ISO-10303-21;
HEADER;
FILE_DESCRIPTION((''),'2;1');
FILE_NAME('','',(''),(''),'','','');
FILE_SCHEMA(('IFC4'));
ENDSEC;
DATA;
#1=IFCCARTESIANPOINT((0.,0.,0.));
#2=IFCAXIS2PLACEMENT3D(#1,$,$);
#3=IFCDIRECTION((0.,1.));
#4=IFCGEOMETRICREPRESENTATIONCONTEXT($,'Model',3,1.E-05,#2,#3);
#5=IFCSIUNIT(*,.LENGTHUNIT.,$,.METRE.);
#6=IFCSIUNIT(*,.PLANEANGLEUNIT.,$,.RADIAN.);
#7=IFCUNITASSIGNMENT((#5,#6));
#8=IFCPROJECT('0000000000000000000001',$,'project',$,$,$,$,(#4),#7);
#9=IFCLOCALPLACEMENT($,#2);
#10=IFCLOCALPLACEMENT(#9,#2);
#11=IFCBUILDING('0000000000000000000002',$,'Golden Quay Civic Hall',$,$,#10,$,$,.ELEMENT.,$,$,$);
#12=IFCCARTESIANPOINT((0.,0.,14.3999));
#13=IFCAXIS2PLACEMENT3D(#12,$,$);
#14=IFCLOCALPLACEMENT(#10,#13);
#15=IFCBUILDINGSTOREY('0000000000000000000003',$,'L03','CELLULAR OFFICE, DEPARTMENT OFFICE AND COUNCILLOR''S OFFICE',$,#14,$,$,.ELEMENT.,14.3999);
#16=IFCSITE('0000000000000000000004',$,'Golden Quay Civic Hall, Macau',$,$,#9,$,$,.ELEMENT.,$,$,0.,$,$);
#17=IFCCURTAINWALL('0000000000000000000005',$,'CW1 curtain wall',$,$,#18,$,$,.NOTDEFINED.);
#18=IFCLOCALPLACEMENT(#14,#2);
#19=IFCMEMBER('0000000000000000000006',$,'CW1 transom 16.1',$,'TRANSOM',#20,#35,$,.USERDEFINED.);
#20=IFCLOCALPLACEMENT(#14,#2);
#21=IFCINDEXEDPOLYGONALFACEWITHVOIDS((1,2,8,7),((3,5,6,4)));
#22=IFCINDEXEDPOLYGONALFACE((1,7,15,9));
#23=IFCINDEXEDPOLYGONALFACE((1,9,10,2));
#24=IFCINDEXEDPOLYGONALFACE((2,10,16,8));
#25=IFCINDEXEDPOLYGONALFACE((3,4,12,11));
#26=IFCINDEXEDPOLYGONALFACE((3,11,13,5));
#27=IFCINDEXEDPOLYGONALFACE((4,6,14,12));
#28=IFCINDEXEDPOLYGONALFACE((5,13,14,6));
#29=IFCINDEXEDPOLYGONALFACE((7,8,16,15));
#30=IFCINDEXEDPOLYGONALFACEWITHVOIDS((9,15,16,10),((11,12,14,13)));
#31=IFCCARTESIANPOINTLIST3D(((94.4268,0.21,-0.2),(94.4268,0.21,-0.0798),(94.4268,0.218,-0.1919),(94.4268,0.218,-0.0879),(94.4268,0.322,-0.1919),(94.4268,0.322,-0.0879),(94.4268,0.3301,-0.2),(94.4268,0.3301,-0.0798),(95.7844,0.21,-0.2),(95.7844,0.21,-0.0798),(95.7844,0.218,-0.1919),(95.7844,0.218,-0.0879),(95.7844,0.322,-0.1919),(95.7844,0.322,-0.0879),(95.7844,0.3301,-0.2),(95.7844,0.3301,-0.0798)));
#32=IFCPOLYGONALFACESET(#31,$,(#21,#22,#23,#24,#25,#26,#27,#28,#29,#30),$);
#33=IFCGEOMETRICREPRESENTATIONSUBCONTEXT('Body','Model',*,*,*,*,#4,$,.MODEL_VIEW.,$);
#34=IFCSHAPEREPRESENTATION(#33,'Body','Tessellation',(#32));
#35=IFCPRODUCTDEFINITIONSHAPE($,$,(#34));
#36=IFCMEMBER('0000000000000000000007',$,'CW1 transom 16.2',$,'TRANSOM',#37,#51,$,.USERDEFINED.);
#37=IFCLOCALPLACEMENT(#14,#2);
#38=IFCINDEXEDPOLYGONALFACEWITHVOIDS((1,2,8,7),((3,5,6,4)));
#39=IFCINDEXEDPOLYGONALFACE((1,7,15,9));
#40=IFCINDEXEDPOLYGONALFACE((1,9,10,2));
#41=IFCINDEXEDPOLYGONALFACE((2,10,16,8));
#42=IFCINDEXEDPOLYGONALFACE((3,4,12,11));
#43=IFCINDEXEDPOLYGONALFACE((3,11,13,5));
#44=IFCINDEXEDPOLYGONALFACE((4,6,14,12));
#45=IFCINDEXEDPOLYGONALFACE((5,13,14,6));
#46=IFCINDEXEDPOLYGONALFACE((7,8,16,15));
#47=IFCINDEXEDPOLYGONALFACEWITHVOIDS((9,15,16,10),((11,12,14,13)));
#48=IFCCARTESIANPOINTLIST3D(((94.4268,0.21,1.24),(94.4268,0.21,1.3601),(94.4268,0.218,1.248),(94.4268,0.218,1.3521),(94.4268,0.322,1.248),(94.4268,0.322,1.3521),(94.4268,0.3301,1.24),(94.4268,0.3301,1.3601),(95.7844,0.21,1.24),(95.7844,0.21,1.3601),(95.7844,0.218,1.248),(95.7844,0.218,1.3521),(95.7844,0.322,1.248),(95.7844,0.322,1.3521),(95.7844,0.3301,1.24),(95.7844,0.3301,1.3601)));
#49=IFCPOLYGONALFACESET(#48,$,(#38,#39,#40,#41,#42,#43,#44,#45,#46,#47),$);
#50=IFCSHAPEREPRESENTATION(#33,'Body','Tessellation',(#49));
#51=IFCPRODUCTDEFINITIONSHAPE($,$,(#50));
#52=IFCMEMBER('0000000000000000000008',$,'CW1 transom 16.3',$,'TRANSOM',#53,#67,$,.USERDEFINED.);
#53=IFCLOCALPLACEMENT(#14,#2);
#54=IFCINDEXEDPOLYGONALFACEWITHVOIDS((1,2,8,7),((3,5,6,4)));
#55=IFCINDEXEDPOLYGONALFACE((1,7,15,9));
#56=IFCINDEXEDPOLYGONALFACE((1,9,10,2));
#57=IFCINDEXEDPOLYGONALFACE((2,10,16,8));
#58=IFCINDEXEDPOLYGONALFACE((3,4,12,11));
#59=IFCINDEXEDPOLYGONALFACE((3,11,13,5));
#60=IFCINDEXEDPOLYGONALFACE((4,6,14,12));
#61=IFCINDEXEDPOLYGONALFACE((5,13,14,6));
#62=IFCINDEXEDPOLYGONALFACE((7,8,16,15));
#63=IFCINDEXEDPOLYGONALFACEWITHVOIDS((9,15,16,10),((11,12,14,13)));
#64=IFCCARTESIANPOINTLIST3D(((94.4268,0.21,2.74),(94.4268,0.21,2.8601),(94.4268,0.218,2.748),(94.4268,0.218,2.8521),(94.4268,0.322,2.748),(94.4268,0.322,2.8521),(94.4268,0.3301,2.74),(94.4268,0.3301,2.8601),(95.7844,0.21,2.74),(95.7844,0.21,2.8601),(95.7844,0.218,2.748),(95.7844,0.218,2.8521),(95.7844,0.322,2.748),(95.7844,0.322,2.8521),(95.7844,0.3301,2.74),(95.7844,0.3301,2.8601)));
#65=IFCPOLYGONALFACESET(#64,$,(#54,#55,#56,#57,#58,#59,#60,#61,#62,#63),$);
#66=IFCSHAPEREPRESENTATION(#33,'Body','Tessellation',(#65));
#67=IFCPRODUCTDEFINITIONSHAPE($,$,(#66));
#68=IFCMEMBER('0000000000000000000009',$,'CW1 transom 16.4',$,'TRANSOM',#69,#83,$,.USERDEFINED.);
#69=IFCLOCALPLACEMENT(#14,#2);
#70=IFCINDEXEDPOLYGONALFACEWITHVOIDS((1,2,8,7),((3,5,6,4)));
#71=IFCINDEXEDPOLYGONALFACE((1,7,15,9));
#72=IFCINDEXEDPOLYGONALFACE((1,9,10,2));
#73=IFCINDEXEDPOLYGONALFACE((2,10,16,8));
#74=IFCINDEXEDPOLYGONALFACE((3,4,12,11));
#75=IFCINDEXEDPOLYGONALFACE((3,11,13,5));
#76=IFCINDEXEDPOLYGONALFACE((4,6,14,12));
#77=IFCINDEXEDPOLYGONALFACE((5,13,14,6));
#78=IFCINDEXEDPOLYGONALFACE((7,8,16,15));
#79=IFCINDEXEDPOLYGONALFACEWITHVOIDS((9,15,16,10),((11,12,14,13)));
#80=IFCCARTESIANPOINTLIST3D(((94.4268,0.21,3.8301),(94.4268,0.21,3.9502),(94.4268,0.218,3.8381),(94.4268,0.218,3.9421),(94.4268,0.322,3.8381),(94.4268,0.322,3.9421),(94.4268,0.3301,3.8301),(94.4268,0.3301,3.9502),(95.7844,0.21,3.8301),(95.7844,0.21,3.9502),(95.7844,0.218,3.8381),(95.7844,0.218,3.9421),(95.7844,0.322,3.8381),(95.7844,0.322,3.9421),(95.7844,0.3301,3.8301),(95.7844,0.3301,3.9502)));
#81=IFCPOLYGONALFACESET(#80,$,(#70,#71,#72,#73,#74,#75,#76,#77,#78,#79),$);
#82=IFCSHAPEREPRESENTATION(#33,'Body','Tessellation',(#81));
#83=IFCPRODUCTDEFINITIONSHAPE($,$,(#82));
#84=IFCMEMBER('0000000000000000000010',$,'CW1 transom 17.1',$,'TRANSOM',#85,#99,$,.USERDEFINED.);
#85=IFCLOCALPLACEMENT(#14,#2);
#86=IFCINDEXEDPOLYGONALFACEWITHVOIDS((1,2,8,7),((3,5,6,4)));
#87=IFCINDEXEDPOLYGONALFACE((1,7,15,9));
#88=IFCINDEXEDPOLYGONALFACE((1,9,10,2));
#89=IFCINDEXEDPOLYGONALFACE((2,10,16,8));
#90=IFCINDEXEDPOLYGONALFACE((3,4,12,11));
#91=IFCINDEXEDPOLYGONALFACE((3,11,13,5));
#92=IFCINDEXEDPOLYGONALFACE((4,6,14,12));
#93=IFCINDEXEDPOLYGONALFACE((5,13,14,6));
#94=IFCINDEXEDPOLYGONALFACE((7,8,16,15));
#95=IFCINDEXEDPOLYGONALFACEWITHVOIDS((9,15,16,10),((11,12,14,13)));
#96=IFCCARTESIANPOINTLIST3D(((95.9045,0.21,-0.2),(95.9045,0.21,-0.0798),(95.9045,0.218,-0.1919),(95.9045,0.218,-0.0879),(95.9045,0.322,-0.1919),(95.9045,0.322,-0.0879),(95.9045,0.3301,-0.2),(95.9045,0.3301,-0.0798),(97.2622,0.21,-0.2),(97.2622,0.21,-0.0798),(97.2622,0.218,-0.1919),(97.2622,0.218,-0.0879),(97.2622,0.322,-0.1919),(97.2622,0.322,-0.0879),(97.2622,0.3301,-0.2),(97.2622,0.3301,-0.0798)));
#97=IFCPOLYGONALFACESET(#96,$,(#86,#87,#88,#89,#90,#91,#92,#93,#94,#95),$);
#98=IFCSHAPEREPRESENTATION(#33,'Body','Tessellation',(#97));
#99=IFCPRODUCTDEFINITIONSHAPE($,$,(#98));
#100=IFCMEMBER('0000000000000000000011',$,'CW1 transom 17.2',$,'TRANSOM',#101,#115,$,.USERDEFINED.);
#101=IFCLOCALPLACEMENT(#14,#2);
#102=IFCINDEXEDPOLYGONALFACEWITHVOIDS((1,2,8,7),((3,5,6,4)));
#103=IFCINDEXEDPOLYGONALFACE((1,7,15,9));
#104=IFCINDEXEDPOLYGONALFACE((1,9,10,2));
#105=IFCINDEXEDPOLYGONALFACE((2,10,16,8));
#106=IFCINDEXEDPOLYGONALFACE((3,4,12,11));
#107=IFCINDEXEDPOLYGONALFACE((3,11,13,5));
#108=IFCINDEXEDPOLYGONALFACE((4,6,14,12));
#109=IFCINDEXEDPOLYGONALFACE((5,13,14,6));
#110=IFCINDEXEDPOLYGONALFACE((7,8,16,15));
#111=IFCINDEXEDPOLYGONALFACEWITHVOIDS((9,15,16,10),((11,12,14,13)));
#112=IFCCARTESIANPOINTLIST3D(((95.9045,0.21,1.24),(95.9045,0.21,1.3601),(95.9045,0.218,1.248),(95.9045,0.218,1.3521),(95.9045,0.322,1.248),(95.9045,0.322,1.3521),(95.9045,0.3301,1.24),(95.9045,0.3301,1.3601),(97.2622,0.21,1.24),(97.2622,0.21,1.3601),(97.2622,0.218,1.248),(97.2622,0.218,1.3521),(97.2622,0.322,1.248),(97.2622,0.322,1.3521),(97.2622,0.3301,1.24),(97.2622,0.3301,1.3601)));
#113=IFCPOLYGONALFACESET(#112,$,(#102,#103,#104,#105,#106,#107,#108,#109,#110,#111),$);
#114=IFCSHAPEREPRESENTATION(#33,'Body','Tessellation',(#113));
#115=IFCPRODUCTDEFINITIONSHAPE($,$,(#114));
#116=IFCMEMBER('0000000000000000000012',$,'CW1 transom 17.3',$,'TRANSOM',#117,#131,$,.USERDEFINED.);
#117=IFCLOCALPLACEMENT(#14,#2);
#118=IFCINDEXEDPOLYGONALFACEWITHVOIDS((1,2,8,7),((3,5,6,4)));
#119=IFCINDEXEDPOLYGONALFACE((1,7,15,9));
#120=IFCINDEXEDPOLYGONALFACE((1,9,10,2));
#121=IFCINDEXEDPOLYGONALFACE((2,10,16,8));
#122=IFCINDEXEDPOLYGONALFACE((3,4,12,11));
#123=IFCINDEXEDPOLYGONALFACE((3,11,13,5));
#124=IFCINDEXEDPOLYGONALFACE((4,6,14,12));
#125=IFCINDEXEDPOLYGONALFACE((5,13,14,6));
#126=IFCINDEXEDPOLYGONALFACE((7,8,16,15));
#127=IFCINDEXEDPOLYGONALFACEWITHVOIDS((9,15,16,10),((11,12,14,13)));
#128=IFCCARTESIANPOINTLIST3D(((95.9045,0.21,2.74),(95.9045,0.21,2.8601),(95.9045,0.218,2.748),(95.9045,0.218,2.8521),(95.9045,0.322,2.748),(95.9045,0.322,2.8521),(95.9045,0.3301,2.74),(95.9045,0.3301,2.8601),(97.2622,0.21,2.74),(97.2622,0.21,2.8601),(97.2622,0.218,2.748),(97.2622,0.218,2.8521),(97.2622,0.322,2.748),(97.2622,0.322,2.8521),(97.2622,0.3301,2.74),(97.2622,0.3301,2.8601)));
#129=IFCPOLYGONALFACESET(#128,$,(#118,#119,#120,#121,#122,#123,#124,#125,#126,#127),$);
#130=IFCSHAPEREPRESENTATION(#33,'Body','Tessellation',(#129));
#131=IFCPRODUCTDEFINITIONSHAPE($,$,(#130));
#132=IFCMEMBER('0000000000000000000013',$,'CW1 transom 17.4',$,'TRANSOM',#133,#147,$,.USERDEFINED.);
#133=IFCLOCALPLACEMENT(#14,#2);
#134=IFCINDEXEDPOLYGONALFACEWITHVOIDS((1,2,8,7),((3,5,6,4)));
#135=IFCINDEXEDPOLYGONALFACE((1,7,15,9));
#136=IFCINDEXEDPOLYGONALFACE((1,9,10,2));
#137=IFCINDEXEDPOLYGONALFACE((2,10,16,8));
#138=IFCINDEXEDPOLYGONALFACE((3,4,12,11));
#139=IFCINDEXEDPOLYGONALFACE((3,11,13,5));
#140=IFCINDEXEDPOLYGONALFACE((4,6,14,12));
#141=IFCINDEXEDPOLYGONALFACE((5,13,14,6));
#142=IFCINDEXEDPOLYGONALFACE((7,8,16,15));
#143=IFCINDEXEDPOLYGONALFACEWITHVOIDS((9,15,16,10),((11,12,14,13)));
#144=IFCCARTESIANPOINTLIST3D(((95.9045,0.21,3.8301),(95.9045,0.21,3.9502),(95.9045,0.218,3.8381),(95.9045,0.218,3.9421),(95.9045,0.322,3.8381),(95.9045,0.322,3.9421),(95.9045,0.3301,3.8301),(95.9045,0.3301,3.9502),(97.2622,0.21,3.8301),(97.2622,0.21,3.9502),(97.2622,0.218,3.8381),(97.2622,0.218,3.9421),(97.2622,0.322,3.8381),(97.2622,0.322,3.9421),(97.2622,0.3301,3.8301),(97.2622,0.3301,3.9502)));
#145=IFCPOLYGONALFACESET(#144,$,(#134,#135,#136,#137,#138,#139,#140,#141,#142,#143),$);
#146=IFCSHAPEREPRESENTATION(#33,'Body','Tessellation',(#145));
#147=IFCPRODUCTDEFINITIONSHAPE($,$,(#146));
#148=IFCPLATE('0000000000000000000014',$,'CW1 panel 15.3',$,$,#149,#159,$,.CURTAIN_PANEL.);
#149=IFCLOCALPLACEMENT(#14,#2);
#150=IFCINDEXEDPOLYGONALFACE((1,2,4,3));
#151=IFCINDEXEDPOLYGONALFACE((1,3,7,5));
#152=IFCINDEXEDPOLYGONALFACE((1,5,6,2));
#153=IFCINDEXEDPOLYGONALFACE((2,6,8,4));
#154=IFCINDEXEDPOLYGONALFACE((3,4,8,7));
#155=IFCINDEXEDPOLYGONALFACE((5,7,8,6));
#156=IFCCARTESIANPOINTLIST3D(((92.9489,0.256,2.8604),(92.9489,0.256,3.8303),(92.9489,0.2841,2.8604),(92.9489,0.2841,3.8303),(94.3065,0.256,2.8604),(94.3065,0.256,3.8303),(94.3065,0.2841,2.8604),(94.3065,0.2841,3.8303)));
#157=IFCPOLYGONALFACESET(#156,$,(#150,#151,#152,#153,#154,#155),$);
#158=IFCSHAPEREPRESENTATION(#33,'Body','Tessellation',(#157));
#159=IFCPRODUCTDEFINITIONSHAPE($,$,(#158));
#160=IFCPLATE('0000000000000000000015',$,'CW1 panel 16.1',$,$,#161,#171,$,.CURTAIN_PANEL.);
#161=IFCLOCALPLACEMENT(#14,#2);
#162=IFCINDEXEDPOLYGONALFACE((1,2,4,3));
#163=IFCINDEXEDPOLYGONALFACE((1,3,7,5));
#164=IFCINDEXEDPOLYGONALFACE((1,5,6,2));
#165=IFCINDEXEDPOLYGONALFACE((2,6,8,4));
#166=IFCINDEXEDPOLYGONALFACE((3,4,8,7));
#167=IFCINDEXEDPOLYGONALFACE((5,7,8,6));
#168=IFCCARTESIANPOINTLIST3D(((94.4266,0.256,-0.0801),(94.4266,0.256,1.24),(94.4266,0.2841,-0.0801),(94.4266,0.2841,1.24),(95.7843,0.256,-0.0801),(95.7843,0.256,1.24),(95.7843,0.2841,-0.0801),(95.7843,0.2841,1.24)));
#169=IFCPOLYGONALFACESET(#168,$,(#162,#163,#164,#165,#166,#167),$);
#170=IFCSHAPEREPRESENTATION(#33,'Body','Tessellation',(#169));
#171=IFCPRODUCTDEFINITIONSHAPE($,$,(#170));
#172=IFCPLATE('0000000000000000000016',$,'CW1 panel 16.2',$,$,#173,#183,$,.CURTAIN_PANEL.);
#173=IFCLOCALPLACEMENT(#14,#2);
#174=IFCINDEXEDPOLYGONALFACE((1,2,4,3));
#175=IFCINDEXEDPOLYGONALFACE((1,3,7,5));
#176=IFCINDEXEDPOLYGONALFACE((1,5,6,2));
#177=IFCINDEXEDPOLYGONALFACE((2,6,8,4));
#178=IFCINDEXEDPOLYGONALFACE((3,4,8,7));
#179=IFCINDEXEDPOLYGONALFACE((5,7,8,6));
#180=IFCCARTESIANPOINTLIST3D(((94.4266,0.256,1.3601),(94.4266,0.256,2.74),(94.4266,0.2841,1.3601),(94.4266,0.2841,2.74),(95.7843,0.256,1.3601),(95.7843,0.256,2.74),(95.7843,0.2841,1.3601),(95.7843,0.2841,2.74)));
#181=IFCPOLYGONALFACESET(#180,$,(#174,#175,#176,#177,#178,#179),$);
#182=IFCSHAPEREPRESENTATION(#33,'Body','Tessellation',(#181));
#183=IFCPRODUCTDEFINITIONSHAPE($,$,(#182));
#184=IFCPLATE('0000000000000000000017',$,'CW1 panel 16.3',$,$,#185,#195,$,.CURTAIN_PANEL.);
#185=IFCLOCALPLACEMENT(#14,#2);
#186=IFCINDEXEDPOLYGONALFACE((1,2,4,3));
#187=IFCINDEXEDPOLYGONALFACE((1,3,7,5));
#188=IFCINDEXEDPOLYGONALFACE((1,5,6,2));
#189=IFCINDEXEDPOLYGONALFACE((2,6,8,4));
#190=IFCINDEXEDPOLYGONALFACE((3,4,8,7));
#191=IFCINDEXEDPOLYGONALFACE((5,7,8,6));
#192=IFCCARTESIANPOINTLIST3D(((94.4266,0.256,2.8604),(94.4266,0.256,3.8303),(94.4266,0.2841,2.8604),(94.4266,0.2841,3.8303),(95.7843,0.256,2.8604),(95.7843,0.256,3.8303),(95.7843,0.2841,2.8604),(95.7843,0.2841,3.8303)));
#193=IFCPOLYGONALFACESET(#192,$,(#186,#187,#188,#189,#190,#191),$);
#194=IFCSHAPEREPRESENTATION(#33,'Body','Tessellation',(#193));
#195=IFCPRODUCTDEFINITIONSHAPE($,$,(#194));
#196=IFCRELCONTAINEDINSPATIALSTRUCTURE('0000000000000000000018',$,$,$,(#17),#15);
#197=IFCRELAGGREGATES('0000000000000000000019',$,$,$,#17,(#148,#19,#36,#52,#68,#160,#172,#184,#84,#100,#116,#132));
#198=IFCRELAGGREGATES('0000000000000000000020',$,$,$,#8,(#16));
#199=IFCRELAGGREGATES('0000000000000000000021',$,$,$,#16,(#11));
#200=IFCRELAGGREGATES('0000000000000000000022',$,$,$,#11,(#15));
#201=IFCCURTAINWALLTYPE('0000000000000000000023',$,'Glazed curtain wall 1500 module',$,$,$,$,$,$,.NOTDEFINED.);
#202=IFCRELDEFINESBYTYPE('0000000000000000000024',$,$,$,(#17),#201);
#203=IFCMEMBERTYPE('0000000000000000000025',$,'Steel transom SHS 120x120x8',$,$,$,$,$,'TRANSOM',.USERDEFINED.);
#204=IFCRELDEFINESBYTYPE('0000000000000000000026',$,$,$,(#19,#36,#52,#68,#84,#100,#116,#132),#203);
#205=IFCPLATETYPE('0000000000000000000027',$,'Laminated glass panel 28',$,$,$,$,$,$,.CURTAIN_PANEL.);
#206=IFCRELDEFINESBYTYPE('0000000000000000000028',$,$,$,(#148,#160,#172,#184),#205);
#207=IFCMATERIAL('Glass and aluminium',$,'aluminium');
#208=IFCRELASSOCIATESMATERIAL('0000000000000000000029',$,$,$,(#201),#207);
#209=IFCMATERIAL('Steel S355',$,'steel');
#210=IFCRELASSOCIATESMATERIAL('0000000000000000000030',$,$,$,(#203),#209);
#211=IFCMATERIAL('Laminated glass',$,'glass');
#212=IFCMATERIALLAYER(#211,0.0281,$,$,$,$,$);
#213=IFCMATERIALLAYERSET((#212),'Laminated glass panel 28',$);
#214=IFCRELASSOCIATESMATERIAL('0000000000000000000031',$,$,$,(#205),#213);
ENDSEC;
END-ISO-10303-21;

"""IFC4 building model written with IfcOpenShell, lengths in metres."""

from ifc_helpers import new_model, si_unit, direction, frame, origin, origin_2d, place, context, subcontext, project, spatial, rectangle, hollow_rectangle, extrude, material, layer, layer_set, material_profile, profile_set, type_object, element, aggregate, save


model = new_model("IFC4")

# Units and contexts
model_context = context("Model", 3, precision=1e-05, world=origin(), true_north=direction((0.0, 1.0)))
body_context = subcontext(model_context, "Body", "Model", "MODEL_VIEW")
ifc_project = project(units=[si_unit("LENGTHUNIT", "METRE"), si_unit("PLANEANGLEUNIT", "RADIAN")], contexts=[model_context])

# Site, building, storey
site_placement = place(None, origin())
site = spatial("IfcSite", under=ifc_project, at=site_placement, Name="Golden Quay Civic Hall, Macau", CompositionType="ELEMENT", RefElevation=0.0)
building_placement = place(site_placement, origin())
building = spatial("IfcBuilding", under=site, at=building_placement, Name="Golden Quay Civic Hall", CompositionType="ELEMENT")
storey_placement = place(building_placement, frame((0.0, 0.0, 14.3999)))
storey = spatial("IfcBuildingStorey", under=building, at=storey_placement, Name="L03", Description="CELLULAR OFFICE, DEPARTMENT OFFICE AND COUNCILLOR'S OFFICE", CompositionType="ELEMENT", Elevation=14.3999)

# Curtain wall, members, plates
ifc_material_1 = material(Name="Glass and aluminium", Category="aluminium")
curtain_wall_type = type_object("IfcCurtainWallType", Name="Glazed curtain wall 1500 module", PredefinedType="NOTDEFINED", material=ifc_material_1)
curtain_wall_placement = place(storey_placement, origin())
curtain_wall = element("IfcCurtainWall", 1, at=curtain_wall_placement, inside=storey, type_object=curtain_wall_type, Name="CW1 curtain wall", PredefinedType="NOTDEFINED")
ifc_material_2 = material(Name="Steel S355", Category="steel")
ifc_material_profile_1 = material_profile(ifc_material_2, hollow_rectangle(XDim=0.1201, YDim=0.1201, WallThickness=0.0081, at=origin_2d()), Name="SHS 120x120x8")
ifc_profile_set_1 = profile_set([ifc_material_profile_1], Name="Steel S355")
member_type_1 = type_object("IfcMemberType", Name="Steel transom SHS 120x120x8", ElementType="TRANSOM", PredefinedType="USERDEFINED", material=ifc_profile_set_1)
member_1_placement = place(storey_placement, frame((94.4268, 0.27, -0.1399), z_axis=(1.0, 0.0, 0.0), x_axis=(0.0, 1.0, 0.0)))
member_1 = element("IfcMember", 2, at=member_1_placement, type_object=member_type_1, Name="CW1 transom 16.1", ObjectType="TRANSOM", PredefinedType="USERDEFINED", context=body_context, shape_type="SweptSolid", body=[
    extrude(hollow_rectangle(XDim=0.1201, YDim=0.1201, WallThickness=0.0081, at=origin_2d()), origin(), (0.0, 0.0, 1.0), 1.3577),
])
member_2_placement = place(storey_placement, frame((94.4268, 0.27, 1.3), z_axis=(1.0, 0.0, 0.0), x_axis=(0.0, 1.0, 0.0)))
member_2 = element("IfcMember", 3, at=member_2_placement, type_object=member_type_1, Name="CW1 transom 16.2", ObjectType="TRANSOM", PredefinedType="USERDEFINED", context=body_context, shape_type="SweptSolid", body=[
    extrude(hollow_rectangle(XDim=0.1201, YDim=0.1201, WallThickness=0.0081, at=origin_2d()), origin(), (0.0, 0.0, 1.0), 1.3577),
])
member_3_placement = place(storey_placement, frame((94.4268, 0.27, 2.8), z_axis=(1.0, 0.0, 0.0), x_axis=(0.0, 1.0, 0.0)))
member_3 = element("IfcMember", 4, at=member_3_placement, type_object=member_type_1, Name="CW1 transom 16.3", ObjectType="TRANSOM", PredefinedType="USERDEFINED", context=body_context, shape_type="SweptSolid", body=[
    extrude(hollow_rectangle(XDim=0.1201, YDim=0.1201, WallThickness=0.0081, at=origin_2d()), origin(), (0.0, 0.0, 1.0), 1.3577),
])
member_4_placement = place(storey_placement, frame((94.4268, 0.27, 3.8901), z_axis=(1.0, 0.0, 0.0), x_axis=(0.0, 1.0, 0.0)))
member_4 = element("IfcMember", 5, at=member_4_placement, type_object=member_type_1, Name="CW1 transom 16.4", ObjectType="TRANSOM", PredefinedType="USERDEFINED", context=body_context, shape_type="SweptSolid", body=[
    extrude(hollow_rectangle(XDim=0.1201, YDim=0.1201, WallThickness=0.0081, at=origin_2d()), origin(), (0.0, 0.0, 1.0), 1.3577),
])
member_5_placement = place(storey_placement, frame((95.9045, 0.27, -0.1399), z_axis=(1.0, 0.0, 0.0), x_axis=(0.0, 1.0, 0.0)))
member_5 = element("IfcMember", 6, at=member_5_placement, type_object=member_type_1, Name="CW1 transom 17.1", ObjectType="TRANSOM", PredefinedType="USERDEFINED", context=body_context, shape_type="SweptSolid", body=[
    extrude(hollow_rectangle(XDim=0.1201, YDim=0.1201, WallThickness=0.0081, at=origin_2d()), origin(), (0.0, 0.0, 1.0), 1.3577),
])
member_6_placement = place(storey_placement, frame((95.9045, 0.27, 1.3), z_axis=(1.0, 0.0, 0.0), x_axis=(0.0, 1.0, 0.0)))
member_6 = element("IfcMember", 7, at=member_6_placement, type_object=member_type_1, Name="CW1 transom 17.2", ObjectType="TRANSOM", PredefinedType="USERDEFINED", context=body_context, shape_type="SweptSolid", body=[
    extrude(hollow_rectangle(XDim=0.1201, YDim=0.1201, WallThickness=0.0081, at=origin_2d()), origin(), (0.0, 0.0, 1.0), 1.3577),
])
member_7_placement = place(storey_placement, frame((95.9045, 0.27, 2.8), z_axis=(1.0, 0.0, 0.0), x_axis=(0.0, 1.0, 0.0)))
member_7 = element("IfcMember", 8, at=member_7_placement, type_object=member_type_1, Name="CW1 transom 17.3", ObjectType="TRANSOM", PredefinedType="USERDEFINED", context=body_context, shape_type="SweptSolid", body=[
    extrude(hollow_rectangle(XDim=0.1201, YDim=0.1201, WallThickness=0.0081, at=origin_2d()), origin(), (0.0, 0.0, 1.0), 1.3577),
])
member_8_placement = place(storey_placement, frame((95.9045, 0.27, 3.8901), z_axis=(1.0, 0.0, 0.0), x_axis=(0.0, 1.0, 0.0)))
member_8 = element("IfcMember", 9, at=member_8_placement, type_object=member_type_1, Name="CW1 transom 17.4", ObjectType="TRANSOM", PredefinedType="USERDEFINED", context=body_context, shape_type="SweptSolid", body=[
    extrude(hollow_rectangle(XDim=0.1201, YDim=0.1201, WallThickness=0.0081, at=origin_2d()), origin(), (0.0, 0.0, 1.0), 1.3577),
])
ifc_material_3 = material(Name="Laminated glass", Category="glass")
ifc_layer_1 = layer(ifc_material_3, 0.0281)
ifc_layer_set_1 = layer_set([ifc_layer_1], Name="Laminated glass panel 28")
plate_type = type_object("IfcPlateType", Name="Laminated glass panel 28", PredefinedType="CURTAIN_PANEL", material=ifc_layer_set_1)
plate_1_placement = place(storey_placement, frame((93.6277, 0.27, 2.8604), z_axis=(0.0, 0.0, 1.0), x_axis=(1.0, 0.0, 0.0)))
plate_1 = element("IfcPlate", 10, at=plate_1_placement, type_object=plate_type, Name="CW1 panel 15.3", PredefinedType="CURTAIN_PANEL", context=body_context, shape_type="SweptSolid", body=[
    extrude(rectangle(XDim=1.3577, YDim=0.0281, at=origin_2d()), origin(), (0.0, 0.0, 1.0), 0.97),
])
plate_2_placement = place(storey_placement, frame((95.1055, 0.27, -0.0801), z_axis=(0.0, 0.0, 1.0), x_axis=(1.0, 0.0, 0.0)))
plate_2 = element("IfcPlate", 11, at=plate_2_placement, type_object=plate_type, Name="CW1 panel 16.1", PredefinedType="CURTAIN_PANEL", context=body_context, shape_type="SweptSolid", body=[
    extrude(rectangle(XDim=1.3577, YDim=0.0281, at=origin_2d()), origin(), (0.0, 0.0, 1.0), 1.3201),
])
plate_3_placement = place(storey_placement, frame((95.1055, 0.27, 1.3601), z_axis=(0.0, 0.0, 1.0), x_axis=(1.0, 0.0, 0.0)))
plate_3 = element("IfcPlate", 12, at=plate_3_placement, type_object=plate_type, Name="CW1 panel 16.2", PredefinedType="CURTAIN_PANEL", context=body_context, shape_type="SweptSolid", body=[
    extrude(rectangle(XDim=1.3577, YDim=0.0281, at=origin_2d()), origin(), (0.0, 0.0, 1.0), 1.3799),
])
plate_4_placement = place(storey_placement, frame((95.1055, 0.27, 2.8604), z_axis=(0.0, 0.0, 1.0), x_axis=(1.0, 0.0, 0.0)))
plate_4 = element("IfcPlate", 13, at=plate_4_placement, type_object=plate_type, Name="CW1 panel 16.3", PredefinedType="CURTAIN_PANEL", context=body_context, shape_type="SweptSolid", body=[
    extrude(rectangle(XDim=1.3577, YDim=0.0281, at=origin_2d()), origin(), (0.0, 0.0, 1.0), 0.97),
])
aggregate(curtain_wall, [plate_1, member_1, member_2, member_3, member_4, plate_2, plate_3, plate_4, member_5, member_6, member_7, member_8])

save(model, "model.ifc")
